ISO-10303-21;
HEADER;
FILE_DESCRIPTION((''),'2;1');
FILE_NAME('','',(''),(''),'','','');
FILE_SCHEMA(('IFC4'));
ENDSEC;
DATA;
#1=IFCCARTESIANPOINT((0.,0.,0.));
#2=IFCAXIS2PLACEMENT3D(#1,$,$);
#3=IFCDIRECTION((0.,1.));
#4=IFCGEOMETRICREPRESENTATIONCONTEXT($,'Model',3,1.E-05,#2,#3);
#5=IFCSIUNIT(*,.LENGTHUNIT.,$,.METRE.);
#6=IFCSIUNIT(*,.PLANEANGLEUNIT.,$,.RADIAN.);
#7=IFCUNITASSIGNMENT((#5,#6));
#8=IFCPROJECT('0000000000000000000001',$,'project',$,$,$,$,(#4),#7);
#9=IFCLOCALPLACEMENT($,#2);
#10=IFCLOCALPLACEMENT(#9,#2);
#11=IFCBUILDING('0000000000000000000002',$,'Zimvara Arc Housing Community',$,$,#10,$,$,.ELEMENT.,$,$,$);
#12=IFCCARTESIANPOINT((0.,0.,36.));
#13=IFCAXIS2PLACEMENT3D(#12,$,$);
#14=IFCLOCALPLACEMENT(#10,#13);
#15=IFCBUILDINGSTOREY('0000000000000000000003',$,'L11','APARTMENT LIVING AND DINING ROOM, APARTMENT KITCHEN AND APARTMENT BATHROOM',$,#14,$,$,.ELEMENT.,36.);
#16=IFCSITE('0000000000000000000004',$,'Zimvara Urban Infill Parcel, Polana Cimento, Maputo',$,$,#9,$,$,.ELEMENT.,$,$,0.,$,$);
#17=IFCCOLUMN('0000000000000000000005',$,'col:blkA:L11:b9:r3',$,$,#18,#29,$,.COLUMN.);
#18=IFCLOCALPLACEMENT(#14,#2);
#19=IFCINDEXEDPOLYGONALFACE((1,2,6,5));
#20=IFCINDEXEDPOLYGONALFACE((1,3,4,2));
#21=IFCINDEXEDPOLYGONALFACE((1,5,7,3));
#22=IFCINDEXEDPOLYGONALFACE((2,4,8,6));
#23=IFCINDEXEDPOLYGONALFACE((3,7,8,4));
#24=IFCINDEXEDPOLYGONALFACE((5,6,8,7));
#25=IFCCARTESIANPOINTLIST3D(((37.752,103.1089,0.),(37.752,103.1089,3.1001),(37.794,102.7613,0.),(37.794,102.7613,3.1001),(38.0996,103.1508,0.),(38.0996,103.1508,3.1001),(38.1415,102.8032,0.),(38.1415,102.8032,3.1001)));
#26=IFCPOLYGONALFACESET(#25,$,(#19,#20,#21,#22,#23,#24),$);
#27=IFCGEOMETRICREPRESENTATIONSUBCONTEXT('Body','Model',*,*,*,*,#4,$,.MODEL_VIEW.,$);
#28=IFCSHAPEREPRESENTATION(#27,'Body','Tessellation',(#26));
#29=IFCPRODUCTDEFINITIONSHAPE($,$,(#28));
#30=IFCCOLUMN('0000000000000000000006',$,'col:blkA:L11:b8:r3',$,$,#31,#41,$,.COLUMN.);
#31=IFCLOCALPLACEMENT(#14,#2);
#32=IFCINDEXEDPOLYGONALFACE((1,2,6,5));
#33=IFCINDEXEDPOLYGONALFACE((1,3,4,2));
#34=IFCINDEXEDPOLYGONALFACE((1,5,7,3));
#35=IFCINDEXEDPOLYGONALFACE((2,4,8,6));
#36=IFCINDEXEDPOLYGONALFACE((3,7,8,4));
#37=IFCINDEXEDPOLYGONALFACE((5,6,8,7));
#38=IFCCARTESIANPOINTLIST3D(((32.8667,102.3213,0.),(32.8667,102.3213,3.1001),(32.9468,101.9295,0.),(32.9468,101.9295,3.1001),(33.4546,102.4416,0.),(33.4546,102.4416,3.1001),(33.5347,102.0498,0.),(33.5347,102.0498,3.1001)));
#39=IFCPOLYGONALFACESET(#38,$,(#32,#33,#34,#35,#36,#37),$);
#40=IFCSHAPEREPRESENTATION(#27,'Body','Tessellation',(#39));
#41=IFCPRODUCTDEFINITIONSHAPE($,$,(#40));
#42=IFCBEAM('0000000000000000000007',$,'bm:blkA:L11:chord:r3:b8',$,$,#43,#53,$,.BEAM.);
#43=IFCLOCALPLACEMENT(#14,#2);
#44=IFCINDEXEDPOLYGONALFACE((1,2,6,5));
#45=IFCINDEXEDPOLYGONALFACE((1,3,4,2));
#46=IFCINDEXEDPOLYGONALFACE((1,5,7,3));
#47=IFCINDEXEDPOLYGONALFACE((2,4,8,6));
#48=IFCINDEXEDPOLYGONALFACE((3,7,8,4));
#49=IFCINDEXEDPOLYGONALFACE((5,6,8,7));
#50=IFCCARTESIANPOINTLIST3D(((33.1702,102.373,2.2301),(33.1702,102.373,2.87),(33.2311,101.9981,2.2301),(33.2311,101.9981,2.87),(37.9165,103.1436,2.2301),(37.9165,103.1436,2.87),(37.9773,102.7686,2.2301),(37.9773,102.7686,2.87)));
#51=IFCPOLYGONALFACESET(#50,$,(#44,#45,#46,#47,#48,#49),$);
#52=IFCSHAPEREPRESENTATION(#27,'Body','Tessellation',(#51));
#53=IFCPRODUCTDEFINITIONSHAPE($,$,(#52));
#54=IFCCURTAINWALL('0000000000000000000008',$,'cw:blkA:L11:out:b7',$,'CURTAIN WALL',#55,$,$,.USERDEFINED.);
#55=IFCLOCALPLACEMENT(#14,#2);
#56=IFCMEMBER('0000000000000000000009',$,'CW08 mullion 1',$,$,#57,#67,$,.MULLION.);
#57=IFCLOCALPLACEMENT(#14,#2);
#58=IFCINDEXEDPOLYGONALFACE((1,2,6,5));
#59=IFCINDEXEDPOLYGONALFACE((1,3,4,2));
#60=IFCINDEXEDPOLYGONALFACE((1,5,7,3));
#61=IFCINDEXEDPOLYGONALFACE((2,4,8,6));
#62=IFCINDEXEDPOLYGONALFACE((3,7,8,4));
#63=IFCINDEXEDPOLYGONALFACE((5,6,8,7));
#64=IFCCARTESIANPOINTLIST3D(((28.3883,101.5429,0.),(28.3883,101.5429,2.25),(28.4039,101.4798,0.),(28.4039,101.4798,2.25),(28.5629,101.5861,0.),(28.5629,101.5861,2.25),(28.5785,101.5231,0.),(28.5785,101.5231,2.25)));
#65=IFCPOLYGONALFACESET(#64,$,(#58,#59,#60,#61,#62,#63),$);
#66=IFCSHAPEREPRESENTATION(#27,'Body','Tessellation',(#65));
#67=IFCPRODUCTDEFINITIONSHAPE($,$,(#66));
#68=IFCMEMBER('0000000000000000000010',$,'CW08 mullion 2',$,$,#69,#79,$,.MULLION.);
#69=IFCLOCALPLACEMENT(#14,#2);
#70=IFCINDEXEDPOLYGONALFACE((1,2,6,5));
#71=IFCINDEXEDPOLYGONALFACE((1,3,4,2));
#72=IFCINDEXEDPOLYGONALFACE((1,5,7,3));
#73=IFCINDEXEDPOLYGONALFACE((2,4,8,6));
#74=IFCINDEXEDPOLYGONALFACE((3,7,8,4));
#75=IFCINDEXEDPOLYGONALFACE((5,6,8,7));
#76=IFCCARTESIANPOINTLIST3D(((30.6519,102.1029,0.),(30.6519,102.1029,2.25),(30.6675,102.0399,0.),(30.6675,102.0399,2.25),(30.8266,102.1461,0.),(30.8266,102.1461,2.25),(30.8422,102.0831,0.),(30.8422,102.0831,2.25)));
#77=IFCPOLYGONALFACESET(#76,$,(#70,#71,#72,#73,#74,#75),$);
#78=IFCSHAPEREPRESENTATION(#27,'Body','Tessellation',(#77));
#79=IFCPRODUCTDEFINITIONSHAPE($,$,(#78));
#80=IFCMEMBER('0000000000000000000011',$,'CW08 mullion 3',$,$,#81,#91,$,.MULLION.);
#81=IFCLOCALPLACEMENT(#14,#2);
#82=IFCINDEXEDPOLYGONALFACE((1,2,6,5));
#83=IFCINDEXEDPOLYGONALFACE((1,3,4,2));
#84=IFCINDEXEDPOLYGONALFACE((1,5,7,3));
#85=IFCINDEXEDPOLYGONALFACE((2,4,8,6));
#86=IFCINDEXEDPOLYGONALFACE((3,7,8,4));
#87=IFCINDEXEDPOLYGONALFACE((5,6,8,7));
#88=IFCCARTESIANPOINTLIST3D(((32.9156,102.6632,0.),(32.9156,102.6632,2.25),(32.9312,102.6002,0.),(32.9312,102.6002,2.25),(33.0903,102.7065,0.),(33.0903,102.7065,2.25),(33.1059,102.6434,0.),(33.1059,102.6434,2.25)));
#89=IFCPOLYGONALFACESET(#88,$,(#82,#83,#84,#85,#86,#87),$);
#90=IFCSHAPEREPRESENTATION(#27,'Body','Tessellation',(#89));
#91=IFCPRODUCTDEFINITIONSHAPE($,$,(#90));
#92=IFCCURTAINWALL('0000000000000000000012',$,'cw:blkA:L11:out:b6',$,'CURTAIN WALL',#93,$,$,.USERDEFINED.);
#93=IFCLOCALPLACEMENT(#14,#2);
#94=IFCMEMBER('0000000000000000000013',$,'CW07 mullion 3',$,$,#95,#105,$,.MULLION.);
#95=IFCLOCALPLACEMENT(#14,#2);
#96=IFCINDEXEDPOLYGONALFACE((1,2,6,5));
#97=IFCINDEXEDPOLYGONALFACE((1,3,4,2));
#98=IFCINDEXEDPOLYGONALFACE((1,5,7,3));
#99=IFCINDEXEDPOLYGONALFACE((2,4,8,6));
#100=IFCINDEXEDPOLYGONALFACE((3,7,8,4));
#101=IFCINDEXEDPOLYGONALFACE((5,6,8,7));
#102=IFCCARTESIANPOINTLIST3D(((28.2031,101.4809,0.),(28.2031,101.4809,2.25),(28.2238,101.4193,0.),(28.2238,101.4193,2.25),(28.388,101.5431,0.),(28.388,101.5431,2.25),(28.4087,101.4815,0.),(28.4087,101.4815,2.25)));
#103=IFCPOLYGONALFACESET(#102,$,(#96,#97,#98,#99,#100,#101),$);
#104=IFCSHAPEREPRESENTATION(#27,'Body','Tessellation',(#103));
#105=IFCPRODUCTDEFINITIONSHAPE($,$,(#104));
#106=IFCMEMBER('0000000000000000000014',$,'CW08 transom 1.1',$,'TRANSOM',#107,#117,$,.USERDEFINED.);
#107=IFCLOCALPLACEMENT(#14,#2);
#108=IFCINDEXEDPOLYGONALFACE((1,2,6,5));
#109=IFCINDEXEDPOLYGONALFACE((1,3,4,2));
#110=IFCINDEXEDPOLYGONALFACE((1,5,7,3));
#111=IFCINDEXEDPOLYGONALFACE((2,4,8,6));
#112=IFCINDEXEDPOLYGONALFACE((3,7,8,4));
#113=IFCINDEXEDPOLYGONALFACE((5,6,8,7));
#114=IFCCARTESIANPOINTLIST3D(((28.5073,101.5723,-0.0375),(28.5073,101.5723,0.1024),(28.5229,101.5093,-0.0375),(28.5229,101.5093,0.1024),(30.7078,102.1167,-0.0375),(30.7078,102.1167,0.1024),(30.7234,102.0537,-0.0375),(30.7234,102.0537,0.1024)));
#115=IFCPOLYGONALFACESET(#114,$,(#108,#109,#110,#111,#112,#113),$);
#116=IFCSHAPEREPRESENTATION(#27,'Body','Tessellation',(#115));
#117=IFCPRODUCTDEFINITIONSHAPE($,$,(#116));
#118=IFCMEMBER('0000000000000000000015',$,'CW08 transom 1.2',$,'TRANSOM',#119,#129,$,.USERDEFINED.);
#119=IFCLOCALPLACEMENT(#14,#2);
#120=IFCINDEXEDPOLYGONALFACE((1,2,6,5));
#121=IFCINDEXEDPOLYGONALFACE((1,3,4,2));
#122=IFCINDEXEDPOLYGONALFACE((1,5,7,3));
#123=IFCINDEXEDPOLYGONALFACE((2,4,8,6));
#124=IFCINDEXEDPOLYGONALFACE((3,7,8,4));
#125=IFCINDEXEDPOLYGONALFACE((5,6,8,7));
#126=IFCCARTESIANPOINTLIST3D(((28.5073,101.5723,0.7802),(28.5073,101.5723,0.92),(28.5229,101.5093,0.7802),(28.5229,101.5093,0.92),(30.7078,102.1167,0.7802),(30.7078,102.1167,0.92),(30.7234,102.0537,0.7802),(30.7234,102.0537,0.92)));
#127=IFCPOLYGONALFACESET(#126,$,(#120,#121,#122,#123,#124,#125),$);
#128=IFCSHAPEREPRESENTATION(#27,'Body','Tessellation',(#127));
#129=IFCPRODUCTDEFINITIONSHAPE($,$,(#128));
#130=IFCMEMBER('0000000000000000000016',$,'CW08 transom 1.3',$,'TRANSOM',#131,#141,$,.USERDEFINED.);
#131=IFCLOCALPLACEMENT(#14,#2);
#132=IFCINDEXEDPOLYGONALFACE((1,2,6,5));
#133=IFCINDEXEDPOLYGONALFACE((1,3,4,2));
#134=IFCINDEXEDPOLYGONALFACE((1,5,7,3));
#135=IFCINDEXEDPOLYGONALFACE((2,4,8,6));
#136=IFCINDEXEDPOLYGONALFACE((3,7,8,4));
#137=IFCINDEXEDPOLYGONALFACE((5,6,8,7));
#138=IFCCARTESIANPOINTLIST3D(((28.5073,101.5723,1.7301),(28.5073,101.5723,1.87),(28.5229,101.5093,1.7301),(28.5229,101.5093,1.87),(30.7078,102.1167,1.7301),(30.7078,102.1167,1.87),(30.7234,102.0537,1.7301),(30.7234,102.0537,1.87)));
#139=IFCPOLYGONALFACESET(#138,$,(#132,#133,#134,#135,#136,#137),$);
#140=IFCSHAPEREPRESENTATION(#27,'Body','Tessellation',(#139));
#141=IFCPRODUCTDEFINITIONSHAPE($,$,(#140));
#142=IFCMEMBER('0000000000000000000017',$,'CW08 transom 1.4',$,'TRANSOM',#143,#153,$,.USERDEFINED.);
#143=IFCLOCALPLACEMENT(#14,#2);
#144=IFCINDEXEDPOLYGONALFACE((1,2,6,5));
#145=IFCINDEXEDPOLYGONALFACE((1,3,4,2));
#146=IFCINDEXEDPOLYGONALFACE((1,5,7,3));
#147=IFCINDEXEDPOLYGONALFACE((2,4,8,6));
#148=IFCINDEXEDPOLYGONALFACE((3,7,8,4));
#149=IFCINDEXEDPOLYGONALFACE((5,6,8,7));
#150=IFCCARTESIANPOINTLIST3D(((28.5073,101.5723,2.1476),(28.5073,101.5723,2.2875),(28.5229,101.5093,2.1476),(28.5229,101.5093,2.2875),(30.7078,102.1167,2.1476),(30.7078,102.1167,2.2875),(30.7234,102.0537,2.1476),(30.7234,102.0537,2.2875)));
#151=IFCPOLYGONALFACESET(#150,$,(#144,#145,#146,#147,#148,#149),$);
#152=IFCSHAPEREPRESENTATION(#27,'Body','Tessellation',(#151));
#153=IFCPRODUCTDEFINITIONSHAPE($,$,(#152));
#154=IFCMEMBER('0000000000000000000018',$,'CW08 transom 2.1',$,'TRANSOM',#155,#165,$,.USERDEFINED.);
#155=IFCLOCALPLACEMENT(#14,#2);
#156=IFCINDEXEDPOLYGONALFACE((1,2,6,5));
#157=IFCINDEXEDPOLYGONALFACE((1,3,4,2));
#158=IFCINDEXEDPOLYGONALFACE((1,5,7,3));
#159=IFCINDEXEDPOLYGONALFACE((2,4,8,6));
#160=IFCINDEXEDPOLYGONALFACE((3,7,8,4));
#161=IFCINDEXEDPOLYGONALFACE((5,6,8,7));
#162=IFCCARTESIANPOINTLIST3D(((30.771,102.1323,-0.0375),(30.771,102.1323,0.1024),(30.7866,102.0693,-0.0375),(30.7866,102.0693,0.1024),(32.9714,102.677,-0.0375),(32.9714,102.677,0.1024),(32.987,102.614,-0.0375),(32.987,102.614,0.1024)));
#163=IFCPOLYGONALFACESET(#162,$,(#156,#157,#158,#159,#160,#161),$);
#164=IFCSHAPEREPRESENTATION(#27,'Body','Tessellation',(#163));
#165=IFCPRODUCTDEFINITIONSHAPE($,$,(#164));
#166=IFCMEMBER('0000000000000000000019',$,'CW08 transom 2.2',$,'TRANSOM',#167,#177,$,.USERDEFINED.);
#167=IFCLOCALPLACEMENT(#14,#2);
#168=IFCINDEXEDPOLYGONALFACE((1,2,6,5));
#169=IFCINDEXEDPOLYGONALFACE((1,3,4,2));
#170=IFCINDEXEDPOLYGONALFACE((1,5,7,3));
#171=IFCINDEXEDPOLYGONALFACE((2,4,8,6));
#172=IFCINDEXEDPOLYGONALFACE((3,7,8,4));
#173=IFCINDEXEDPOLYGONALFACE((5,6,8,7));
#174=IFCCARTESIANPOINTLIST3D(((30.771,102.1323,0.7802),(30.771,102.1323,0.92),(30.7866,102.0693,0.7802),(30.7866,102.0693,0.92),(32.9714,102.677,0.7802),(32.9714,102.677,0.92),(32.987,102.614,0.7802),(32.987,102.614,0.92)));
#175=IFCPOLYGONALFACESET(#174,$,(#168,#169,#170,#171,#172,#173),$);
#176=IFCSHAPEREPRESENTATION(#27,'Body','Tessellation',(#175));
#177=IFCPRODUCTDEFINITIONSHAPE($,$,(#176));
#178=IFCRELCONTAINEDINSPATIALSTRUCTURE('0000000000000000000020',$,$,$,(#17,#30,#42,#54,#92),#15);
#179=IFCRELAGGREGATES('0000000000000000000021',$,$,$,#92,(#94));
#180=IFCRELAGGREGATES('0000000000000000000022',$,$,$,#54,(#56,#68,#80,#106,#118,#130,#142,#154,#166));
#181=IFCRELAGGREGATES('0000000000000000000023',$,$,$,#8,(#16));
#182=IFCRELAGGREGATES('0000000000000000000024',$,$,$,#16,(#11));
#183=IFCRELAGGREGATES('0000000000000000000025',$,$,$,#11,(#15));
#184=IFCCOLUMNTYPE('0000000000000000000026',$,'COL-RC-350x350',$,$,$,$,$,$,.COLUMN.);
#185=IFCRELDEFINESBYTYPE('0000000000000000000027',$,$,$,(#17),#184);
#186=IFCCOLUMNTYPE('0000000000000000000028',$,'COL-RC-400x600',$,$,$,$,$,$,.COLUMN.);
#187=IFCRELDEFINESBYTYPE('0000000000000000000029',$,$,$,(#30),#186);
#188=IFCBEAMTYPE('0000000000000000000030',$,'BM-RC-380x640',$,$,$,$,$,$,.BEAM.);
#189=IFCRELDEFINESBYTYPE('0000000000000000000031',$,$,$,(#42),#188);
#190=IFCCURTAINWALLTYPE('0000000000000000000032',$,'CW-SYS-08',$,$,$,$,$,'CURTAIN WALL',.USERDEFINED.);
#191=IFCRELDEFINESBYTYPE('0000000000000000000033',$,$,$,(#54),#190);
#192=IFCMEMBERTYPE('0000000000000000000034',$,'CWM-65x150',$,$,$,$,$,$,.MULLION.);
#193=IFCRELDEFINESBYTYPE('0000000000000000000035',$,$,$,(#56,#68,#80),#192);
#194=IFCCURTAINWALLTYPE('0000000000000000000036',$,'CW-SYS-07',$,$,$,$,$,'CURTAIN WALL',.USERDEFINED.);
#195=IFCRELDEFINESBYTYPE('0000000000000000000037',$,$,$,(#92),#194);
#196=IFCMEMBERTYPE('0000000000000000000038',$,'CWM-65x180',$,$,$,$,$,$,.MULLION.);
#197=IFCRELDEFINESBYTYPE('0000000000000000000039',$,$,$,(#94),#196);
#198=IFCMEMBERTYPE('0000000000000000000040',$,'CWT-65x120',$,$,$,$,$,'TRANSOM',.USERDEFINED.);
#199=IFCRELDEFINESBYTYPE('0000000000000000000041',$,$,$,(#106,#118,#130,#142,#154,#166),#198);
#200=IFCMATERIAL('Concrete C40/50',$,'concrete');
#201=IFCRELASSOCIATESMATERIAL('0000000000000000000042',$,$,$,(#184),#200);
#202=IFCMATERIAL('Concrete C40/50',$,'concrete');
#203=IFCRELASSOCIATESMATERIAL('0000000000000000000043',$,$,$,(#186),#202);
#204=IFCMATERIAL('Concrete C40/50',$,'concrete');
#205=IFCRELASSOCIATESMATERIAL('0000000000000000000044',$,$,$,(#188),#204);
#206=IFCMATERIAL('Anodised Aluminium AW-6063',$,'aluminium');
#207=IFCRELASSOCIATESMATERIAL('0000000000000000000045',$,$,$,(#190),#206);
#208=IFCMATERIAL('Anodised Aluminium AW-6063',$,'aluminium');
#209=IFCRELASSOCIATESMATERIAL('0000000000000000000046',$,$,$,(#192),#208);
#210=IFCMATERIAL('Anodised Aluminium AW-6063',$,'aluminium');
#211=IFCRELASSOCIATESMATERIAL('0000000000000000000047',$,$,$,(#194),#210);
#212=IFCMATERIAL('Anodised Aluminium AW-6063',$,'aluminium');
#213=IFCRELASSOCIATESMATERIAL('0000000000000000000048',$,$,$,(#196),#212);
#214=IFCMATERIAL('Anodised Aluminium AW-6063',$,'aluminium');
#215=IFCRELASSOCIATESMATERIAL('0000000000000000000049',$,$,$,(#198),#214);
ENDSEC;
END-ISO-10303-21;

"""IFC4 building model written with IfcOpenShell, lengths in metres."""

from ifc_helpers import new_model, si_unit, direction, frame, origin, origin_2d, place, context, subcontext, project, spatial, rectangle, extrude, material, material_profile, profile_set, type_object, element, aggregate, save


model = new_model("IFC4")

# Units and contexts
model_context = context("Model", 3, precision=1e-05, world=origin(), true_north=direction((0.0, 1.0)))
body_context = subcontext(model_context, "Body", "Model", "MODEL_VIEW")
ifc_project = project(units=[si_unit("LENGTHUNIT", "METRE"), si_unit("PLANEANGLEUNIT", "RADIAN")], contexts=[model_context])

# Site, building, storey
site_placement = place(None, origin())
site = spatial("IfcSite", under=ifc_project, at=site_placement, Name="Zimvara Urban Infill Parcel, Polana Cimento, Maputo", CompositionType="ELEMENT", RefElevation=0.0)
building_placement = place(site_placement, origin())
building = spatial("IfcBuilding", under=site, at=building_placement, Name="Zimvara Arc Housing Community", CompositionType="ELEMENT")
storey_placement = place(building_placement, frame((0.0, 0.0, 36.0)))
storey = spatial("IfcBuildingStorey", under=building, at=storey_placement, Name="L11", Description="APARTMENT LIVING AND DINING ROOM, APARTMENT KITCHEN AND APARTMENT BATHROOM", CompositionType="ELEMENT", Elevation=36.0)

# Columns
ifc_material_1 = material(Name="Concrete C40/50", Category="concrete")
ifc_material_profile_1 = material_profile(ifc_material_1, rectangle(XDim=0.3501, YDim=0.3501, at=origin_2d()), Name="RC 350x350")
ifc_profile_set_1 = profile_set([ifc_material_profile_1], Name="Concrete C40/50")
column_type_1 = type_object("IfcColumnType", Name="COL-RC-350x350", PredefinedType="COLUMN", material=ifc_profile_set_1)
column_1_placement = place(storey_placement, frame((37.9468, 102.9561, 0.0), z_axis=(0.0, 0.0, 1.0), x_axis=(-0.11979, 0.992799, 0.0)))
element("IfcColumn", 1, at=column_1_placement, inside=storey, type_object=column_type_1, Name="col:blkA:L11:b9:r3", PredefinedType="COLUMN", context=body_context, shape_type="SweptSolid", body=[
    extrude(rectangle(XDim=0.3501, YDim=0.3501, at=origin_2d()), origin(), (0.0, 0.0, 1.0), 3.1001),
])
ifc_material_2 = material(Name="Concrete C40/50", Category="concrete")
ifc_material_profile_2 = material_profile(ifc_material_2, rectangle(XDim=0.3999, YDim=0.6001, at=origin_2d()), Name="RC 400x600")
ifc_profile_set_2 = profile_set([ifc_material_profile_2], Name="Concrete C40/50")
column_type_2 = type_object("IfcColumnType", Name="COL-RC-400x600", PredefinedType="COLUMN", material=ifc_profile_set_2)
column_2_placement = place(storey_placement, frame((33.2007, 102.1855, 0.0), z_axis=(0.0, 0.0, 1.0), x_axis=(-0.200394, 0.979715, 0.0)))
element("IfcColumn", 2, at=column_2_placement, inside=storey, type_object=column_type_2, Name="col:blkA:L11:b8:r3", PredefinedType="COLUMN", context=body_context, shape_type="SweptSolid", body=[
    extrude(rectangle(XDim=0.3999, YDim=0.6001, at=origin_2d()), origin(), (0.0, 0.0, 1.0), 3.1001),
])

# Beam
ifc_material_3 = material(Name="Concrete C40/50", Category="concrete")
ifc_material_profile_3 = material_profile(ifc_material_3, rectangle(XDim=0.3799, YDim=0.6399, at=origin_2d()), Name="RC 380x640")
ifc_profile_set_3 = profile_set([ifc_material_profile_3], Name="Concrete C40/50")
beam_type = type_object("IfcBeamType", Name="BM-RC-380x640", PredefinedType="BEAM", material=ifc_profile_set_3)
beam_placement = place(storey_placement, frame((33.2007, 102.1855, 2.55), z_axis=(0.987077, 0.160248, 0.0), x_axis=(-0.160248, 0.987077, 0.0)))
element("IfcBeam", 3, at=beam_placement, inside=storey, type_object=beam_type, Name="bm:blkA:L11:chord:r3:b8", PredefinedType="BEAM", context=body_context, shape_type="SweptSolid", body=[
    extrude(rectangle(XDim=0.3799, YDim=0.6399, at=origin_2d()), origin(), (0.0, 0.0, 1.0), 4.8083),
])

# Curtain wall, members
ifc_material_4 = material(Name="Anodised Aluminium AW-6063", Category="aluminium")
curtain_wall_type_1 = type_object("IfcCurtainWallType", Name="CW-SYS-08", ElementType="CURTAIN WALL", PredefinedType="USERDEFINED", material=ifc_material_4)
curtain_wall_1_placement = place(storey_placement, origin())
curtain_wall_1 = element("IfcCurtainWall", 4, at=curtain_wall_1_placement, inside=storey, type_object=curtain_wall_type_1, Name="cw:blkA:L11:out:b7", ObjectType="CURTAIN WALL", PredefinedType="USERDEFINED")
ifc_material_5 = material(Name="Anodised Aluminium AW-6063", Category="aluminium")
ifc_material_profile_4 = material_profile(ifc_material_5, rectangle(XDim=0.0649, YDim=0.1799, at=origin_2d()), Name="ALU 65x180")
ifc_profile_set_4 = profile_set([ifc_material_profile_4], Name="Anodised Aluminium AW-6063")
member_type_1 = type_object("IfcMemberType", Name="CWM-65x150", PredefinedType="MULLION", material=ifc_profile_set_4)
member_1_placement = place(storey_placement, frame((28.4834, 101.533, 0.0), z_axis=(0.0, 0.0, 1.0), x_axis=(-0.24023, 0.970716, 0.0)))
member_1 = element("IfcMember", 5, at=member_1_placement, type_object=member_type_1, Name="CW08 mullion 1", PredefinedType="MULLION", context=body_context, shape_type="SweptSolid", body=[
    extrude(rectangle(XDim=0.0649, YDim=0.1799, at=origin_2d()), origin(), (0.0, 0.0, 1.0), 2.25),
])
member_2_placement = place(storey_placement, frame((30.7471, 102.093, 0.0), z_axis=(0.0, 0.0, 1.0), x_axis=(-0.24023, 0.970716, 0.0)))
member_2 = element("IfcMember", 6, at=member_2_placement, type_object=member_type_1, Name="CW08 mullion 2", PredefinedType="MULLION", context=body_context, shape_type="SweptSolid", body=[
    extrude(rectangle(XDim=0.0649, YDim=0.1799, at=origin_2d()), origin(), (0.0, 0.0, 1.0), 2.25),
])
member_3_placement = place(storey_placement, frame((33.0107, 102.6533, 0.0), z_axis=(0.0, 0.0, 1.0), x_axis=(-0.24023, 0.970716, 0.0)))
member_3 = element("IfcMember", 7, at=member_3_placement, type_object=member_type_1, Name="CW08 mullion 3", PredefinedType="MULLION", context=body_context, shape_type="SweptSolid", body=[
    extrude(rectangle(XDim=0.0649, YDim=0.1799, at=origin_2d()), origin(), (0.0, 0.0, 1.0), 2.25),
])

# Curtain wall, member
ifc_material_6 = material(Name="Anodised Aluminium AW-6063", Category="aluminium")
curtain_wall_type_2 = type_object("IfcCurtainWallType", Name="CW-SYS-07", ElementType="CURTAIN WALL", PredefinedType="USERDEFINED", material=ifc_material_6)
curtain_wall_2_placement = place(storey_placement, origin())
curtain_wall_2 = element("IfcCurtainWall", 8, at=curtain_wall_2_placement, inside=storey, type_object=curtain_wall_type_2, Name="cw:blkA:L11:out:b6", ObjectType="CURTAIN WALL", PredefinedType="USERDEFINED")
ifc_material_7 = material(Name="Anodised Aluminium AW-6063", Category="aluminium")
ifc_material_profile_5 = material_profile(ifc_material_7, rectangle(XDim=0.0649, YDim=0.1951, at=origin_2d()), Name="ALU 65x195")
ifc_profile_set_5 = profile_set([ifc_material_profile_5], Name="Anodised Aluminium AW-6063")
member_type_2 = type_object("IfcMemberType", Name="CWM-65x180", PredefinedType="MULLION", material=ifc_profile_set_5)
member_4_placement = place(storey_placement, frame((28.3059, 101.4812, 0.0), z_axis=(0.0, 0.0, 1.0), x_axis=(-0.318629, 0.94788, 0.0)))
member_4 = element("IfcMember", 9, at=member_4_placement, type_object=member_type_2, Name="CW07 mullion 3", PredefinedType="MULLION", context=body_context, shape_type="SweptSolid", body=[
    extrude(rectangle(XDim=0.0649, YDim=0.1951, at=origin_2d()), origin(), (0.0, 0.0, 1.0), 2.25),
])
aggregate(curtain_wall_2, [member_4])

# Members
ifc_material_8 = material(Name="Anodised Aluminium AW-6063", Category="aluminium")
ifc_material_profile_6 = material_profile(ifc_material_8, rectangle(XDim=0.0649, YDim=0.1399, at=origin_2d()), Name="ALU 65x140")
ifc_profile_set_6 = profile_set([ifc_material_profile_6], Name="Anodised Aluminium AW-6063")
member_type_3 = type_object("IfcMemberType", Name="CWT-65x120", ElementType="TRANSOM", PredefinedType="USERDEFINED", material=ifc_profile_set_6)
member_5_placement = place(storey_placement, frame((28.5151, 101.5408, 0.0325), z_axis=(0.970729, 0.240178, 0.0), x_axis=(-0.240178, 0.970729, 0.0)))
member_5 = element("IfcMember", 10, at=member_5_placement, type_object=member_type_3, Name="CW08 transom 1.1", ObjectType="TRANSOM", PredefinedType="USERDEFINED", context=body_context, shape_type="SweptSolid", body=[
    extrude(rectangle(XDim=0.0649, YDim=0.1399, at=origin_2d()), origin(), (0.0, 0.0, 1.0), 2.2668),
])
member_6_placement = place(storey_placement, frame((28.5151, 101.5408, 0.8501), z_axis=(0.970729, 0.240178, 0.0), x_axis=(-0.240178, 0.970729, 0.0)))
member_6 = element("IfcMember", 11, at=member_6_placement, type_object=member_type_3, Name="CW08 transom 1.2", ObjectType="TRANSOM", PredefinedType="USERDEFINED", context=body_context, shape_type="SweptSolid", body=[
    extrude(rectangle(XDim=0.0649, YDim=0.1399, at=origin_2d()), origin(), (0.0, 0.0, 1.0), 2.2668),
])
member_7_placement = place(storey_placement, frame((28.5151, 101.5408, 1.8), z_axis=(0.970729, 0.240178, 0.0), x_axis=(-0.240178, 0.970729, 0.0)))
member_7 = element("IfcMember", 12, at=member_7_placement, type_object=member_type_3, Name="CW08 transom 1.3", ObjectType="TRANSOM", PredefinedType="USERDEFINED", context=body_context, shape_type="SweptSolid", body=[
    extrude(rectangle(XDim=0.0649, YDim=0.1399, at=origin_2d()), origin(), (0.0, 0.0, 1.0), 2.2668),
])
member_8_placement = place(storey_placement, frame((28.5151, 101.5408, 2.2175), z_axis=(0.970729, 0.240178, 0.0), x_axis=(-0.240178, 0.970729, 0.0)))
member_8 = element("IfcMember", 13, at=member_8_placement, type_object=member_type_3, Name="CW08 transom 1.4", ObjectType="TRANSOM", PredefinedType="USERDEFINED", context=body_context, shape_type="SweptSolid", body=[
    extrude(rectangle(XDim=0.0649, YDim=0.1399, at=origin_2d()), origin(), (0.0, 0.0, 1.0), 2.2668),
])
member_9_placement = place(storey_placement, frame((30.7788, 102.1008, 0.0325), z_axis=(0.970704, 0.24028, 0.0), x_axis=(-0.24028, 0.970704, 0.0)))
member_9 = element("IfcMember", 14, at=member_9_placement, type_object=member_type_3, Name="CW08 transom 2.1", ObjectType="TRANSOM", PredefinedType="USERDEFINED", context=body_context, shape_type="SweptSolid", body=[
    extrude(rectangle(XDim=0.0649, YDim=0.1399, at=origin_2d()), origin(), (0.0, 0.0, 1.0), 2.2668),
])
member_10_placement = place(storey_placement, frame((30.7788, 102.1008, 0.8501), z_axis=(0.970704, 0.24028, 0.0), x_axis=(-0.24028, 0.970704, 0.0)))
member_10 = element("IfcMember", 15, at=member_10_placement, type_object=member_type_3, Name="CW08 transom 2.2", ObjectType="TRANSOM", PredefinedType="USERDEFINED", context=body_context, shape_type="SweptSolid", body=[
    extrude(rectangle(XDim=0.0649, YDim=0.1399, at=origin_2d()), origin(), (0.0, 0.0, 1.0), 2.2668),
])

aggregate(curtain_wall_1, [member_1, member_2, member_3, member_5, member_6, member_7, member_8, member_9, member_10])

save(model, "model.ifc")
